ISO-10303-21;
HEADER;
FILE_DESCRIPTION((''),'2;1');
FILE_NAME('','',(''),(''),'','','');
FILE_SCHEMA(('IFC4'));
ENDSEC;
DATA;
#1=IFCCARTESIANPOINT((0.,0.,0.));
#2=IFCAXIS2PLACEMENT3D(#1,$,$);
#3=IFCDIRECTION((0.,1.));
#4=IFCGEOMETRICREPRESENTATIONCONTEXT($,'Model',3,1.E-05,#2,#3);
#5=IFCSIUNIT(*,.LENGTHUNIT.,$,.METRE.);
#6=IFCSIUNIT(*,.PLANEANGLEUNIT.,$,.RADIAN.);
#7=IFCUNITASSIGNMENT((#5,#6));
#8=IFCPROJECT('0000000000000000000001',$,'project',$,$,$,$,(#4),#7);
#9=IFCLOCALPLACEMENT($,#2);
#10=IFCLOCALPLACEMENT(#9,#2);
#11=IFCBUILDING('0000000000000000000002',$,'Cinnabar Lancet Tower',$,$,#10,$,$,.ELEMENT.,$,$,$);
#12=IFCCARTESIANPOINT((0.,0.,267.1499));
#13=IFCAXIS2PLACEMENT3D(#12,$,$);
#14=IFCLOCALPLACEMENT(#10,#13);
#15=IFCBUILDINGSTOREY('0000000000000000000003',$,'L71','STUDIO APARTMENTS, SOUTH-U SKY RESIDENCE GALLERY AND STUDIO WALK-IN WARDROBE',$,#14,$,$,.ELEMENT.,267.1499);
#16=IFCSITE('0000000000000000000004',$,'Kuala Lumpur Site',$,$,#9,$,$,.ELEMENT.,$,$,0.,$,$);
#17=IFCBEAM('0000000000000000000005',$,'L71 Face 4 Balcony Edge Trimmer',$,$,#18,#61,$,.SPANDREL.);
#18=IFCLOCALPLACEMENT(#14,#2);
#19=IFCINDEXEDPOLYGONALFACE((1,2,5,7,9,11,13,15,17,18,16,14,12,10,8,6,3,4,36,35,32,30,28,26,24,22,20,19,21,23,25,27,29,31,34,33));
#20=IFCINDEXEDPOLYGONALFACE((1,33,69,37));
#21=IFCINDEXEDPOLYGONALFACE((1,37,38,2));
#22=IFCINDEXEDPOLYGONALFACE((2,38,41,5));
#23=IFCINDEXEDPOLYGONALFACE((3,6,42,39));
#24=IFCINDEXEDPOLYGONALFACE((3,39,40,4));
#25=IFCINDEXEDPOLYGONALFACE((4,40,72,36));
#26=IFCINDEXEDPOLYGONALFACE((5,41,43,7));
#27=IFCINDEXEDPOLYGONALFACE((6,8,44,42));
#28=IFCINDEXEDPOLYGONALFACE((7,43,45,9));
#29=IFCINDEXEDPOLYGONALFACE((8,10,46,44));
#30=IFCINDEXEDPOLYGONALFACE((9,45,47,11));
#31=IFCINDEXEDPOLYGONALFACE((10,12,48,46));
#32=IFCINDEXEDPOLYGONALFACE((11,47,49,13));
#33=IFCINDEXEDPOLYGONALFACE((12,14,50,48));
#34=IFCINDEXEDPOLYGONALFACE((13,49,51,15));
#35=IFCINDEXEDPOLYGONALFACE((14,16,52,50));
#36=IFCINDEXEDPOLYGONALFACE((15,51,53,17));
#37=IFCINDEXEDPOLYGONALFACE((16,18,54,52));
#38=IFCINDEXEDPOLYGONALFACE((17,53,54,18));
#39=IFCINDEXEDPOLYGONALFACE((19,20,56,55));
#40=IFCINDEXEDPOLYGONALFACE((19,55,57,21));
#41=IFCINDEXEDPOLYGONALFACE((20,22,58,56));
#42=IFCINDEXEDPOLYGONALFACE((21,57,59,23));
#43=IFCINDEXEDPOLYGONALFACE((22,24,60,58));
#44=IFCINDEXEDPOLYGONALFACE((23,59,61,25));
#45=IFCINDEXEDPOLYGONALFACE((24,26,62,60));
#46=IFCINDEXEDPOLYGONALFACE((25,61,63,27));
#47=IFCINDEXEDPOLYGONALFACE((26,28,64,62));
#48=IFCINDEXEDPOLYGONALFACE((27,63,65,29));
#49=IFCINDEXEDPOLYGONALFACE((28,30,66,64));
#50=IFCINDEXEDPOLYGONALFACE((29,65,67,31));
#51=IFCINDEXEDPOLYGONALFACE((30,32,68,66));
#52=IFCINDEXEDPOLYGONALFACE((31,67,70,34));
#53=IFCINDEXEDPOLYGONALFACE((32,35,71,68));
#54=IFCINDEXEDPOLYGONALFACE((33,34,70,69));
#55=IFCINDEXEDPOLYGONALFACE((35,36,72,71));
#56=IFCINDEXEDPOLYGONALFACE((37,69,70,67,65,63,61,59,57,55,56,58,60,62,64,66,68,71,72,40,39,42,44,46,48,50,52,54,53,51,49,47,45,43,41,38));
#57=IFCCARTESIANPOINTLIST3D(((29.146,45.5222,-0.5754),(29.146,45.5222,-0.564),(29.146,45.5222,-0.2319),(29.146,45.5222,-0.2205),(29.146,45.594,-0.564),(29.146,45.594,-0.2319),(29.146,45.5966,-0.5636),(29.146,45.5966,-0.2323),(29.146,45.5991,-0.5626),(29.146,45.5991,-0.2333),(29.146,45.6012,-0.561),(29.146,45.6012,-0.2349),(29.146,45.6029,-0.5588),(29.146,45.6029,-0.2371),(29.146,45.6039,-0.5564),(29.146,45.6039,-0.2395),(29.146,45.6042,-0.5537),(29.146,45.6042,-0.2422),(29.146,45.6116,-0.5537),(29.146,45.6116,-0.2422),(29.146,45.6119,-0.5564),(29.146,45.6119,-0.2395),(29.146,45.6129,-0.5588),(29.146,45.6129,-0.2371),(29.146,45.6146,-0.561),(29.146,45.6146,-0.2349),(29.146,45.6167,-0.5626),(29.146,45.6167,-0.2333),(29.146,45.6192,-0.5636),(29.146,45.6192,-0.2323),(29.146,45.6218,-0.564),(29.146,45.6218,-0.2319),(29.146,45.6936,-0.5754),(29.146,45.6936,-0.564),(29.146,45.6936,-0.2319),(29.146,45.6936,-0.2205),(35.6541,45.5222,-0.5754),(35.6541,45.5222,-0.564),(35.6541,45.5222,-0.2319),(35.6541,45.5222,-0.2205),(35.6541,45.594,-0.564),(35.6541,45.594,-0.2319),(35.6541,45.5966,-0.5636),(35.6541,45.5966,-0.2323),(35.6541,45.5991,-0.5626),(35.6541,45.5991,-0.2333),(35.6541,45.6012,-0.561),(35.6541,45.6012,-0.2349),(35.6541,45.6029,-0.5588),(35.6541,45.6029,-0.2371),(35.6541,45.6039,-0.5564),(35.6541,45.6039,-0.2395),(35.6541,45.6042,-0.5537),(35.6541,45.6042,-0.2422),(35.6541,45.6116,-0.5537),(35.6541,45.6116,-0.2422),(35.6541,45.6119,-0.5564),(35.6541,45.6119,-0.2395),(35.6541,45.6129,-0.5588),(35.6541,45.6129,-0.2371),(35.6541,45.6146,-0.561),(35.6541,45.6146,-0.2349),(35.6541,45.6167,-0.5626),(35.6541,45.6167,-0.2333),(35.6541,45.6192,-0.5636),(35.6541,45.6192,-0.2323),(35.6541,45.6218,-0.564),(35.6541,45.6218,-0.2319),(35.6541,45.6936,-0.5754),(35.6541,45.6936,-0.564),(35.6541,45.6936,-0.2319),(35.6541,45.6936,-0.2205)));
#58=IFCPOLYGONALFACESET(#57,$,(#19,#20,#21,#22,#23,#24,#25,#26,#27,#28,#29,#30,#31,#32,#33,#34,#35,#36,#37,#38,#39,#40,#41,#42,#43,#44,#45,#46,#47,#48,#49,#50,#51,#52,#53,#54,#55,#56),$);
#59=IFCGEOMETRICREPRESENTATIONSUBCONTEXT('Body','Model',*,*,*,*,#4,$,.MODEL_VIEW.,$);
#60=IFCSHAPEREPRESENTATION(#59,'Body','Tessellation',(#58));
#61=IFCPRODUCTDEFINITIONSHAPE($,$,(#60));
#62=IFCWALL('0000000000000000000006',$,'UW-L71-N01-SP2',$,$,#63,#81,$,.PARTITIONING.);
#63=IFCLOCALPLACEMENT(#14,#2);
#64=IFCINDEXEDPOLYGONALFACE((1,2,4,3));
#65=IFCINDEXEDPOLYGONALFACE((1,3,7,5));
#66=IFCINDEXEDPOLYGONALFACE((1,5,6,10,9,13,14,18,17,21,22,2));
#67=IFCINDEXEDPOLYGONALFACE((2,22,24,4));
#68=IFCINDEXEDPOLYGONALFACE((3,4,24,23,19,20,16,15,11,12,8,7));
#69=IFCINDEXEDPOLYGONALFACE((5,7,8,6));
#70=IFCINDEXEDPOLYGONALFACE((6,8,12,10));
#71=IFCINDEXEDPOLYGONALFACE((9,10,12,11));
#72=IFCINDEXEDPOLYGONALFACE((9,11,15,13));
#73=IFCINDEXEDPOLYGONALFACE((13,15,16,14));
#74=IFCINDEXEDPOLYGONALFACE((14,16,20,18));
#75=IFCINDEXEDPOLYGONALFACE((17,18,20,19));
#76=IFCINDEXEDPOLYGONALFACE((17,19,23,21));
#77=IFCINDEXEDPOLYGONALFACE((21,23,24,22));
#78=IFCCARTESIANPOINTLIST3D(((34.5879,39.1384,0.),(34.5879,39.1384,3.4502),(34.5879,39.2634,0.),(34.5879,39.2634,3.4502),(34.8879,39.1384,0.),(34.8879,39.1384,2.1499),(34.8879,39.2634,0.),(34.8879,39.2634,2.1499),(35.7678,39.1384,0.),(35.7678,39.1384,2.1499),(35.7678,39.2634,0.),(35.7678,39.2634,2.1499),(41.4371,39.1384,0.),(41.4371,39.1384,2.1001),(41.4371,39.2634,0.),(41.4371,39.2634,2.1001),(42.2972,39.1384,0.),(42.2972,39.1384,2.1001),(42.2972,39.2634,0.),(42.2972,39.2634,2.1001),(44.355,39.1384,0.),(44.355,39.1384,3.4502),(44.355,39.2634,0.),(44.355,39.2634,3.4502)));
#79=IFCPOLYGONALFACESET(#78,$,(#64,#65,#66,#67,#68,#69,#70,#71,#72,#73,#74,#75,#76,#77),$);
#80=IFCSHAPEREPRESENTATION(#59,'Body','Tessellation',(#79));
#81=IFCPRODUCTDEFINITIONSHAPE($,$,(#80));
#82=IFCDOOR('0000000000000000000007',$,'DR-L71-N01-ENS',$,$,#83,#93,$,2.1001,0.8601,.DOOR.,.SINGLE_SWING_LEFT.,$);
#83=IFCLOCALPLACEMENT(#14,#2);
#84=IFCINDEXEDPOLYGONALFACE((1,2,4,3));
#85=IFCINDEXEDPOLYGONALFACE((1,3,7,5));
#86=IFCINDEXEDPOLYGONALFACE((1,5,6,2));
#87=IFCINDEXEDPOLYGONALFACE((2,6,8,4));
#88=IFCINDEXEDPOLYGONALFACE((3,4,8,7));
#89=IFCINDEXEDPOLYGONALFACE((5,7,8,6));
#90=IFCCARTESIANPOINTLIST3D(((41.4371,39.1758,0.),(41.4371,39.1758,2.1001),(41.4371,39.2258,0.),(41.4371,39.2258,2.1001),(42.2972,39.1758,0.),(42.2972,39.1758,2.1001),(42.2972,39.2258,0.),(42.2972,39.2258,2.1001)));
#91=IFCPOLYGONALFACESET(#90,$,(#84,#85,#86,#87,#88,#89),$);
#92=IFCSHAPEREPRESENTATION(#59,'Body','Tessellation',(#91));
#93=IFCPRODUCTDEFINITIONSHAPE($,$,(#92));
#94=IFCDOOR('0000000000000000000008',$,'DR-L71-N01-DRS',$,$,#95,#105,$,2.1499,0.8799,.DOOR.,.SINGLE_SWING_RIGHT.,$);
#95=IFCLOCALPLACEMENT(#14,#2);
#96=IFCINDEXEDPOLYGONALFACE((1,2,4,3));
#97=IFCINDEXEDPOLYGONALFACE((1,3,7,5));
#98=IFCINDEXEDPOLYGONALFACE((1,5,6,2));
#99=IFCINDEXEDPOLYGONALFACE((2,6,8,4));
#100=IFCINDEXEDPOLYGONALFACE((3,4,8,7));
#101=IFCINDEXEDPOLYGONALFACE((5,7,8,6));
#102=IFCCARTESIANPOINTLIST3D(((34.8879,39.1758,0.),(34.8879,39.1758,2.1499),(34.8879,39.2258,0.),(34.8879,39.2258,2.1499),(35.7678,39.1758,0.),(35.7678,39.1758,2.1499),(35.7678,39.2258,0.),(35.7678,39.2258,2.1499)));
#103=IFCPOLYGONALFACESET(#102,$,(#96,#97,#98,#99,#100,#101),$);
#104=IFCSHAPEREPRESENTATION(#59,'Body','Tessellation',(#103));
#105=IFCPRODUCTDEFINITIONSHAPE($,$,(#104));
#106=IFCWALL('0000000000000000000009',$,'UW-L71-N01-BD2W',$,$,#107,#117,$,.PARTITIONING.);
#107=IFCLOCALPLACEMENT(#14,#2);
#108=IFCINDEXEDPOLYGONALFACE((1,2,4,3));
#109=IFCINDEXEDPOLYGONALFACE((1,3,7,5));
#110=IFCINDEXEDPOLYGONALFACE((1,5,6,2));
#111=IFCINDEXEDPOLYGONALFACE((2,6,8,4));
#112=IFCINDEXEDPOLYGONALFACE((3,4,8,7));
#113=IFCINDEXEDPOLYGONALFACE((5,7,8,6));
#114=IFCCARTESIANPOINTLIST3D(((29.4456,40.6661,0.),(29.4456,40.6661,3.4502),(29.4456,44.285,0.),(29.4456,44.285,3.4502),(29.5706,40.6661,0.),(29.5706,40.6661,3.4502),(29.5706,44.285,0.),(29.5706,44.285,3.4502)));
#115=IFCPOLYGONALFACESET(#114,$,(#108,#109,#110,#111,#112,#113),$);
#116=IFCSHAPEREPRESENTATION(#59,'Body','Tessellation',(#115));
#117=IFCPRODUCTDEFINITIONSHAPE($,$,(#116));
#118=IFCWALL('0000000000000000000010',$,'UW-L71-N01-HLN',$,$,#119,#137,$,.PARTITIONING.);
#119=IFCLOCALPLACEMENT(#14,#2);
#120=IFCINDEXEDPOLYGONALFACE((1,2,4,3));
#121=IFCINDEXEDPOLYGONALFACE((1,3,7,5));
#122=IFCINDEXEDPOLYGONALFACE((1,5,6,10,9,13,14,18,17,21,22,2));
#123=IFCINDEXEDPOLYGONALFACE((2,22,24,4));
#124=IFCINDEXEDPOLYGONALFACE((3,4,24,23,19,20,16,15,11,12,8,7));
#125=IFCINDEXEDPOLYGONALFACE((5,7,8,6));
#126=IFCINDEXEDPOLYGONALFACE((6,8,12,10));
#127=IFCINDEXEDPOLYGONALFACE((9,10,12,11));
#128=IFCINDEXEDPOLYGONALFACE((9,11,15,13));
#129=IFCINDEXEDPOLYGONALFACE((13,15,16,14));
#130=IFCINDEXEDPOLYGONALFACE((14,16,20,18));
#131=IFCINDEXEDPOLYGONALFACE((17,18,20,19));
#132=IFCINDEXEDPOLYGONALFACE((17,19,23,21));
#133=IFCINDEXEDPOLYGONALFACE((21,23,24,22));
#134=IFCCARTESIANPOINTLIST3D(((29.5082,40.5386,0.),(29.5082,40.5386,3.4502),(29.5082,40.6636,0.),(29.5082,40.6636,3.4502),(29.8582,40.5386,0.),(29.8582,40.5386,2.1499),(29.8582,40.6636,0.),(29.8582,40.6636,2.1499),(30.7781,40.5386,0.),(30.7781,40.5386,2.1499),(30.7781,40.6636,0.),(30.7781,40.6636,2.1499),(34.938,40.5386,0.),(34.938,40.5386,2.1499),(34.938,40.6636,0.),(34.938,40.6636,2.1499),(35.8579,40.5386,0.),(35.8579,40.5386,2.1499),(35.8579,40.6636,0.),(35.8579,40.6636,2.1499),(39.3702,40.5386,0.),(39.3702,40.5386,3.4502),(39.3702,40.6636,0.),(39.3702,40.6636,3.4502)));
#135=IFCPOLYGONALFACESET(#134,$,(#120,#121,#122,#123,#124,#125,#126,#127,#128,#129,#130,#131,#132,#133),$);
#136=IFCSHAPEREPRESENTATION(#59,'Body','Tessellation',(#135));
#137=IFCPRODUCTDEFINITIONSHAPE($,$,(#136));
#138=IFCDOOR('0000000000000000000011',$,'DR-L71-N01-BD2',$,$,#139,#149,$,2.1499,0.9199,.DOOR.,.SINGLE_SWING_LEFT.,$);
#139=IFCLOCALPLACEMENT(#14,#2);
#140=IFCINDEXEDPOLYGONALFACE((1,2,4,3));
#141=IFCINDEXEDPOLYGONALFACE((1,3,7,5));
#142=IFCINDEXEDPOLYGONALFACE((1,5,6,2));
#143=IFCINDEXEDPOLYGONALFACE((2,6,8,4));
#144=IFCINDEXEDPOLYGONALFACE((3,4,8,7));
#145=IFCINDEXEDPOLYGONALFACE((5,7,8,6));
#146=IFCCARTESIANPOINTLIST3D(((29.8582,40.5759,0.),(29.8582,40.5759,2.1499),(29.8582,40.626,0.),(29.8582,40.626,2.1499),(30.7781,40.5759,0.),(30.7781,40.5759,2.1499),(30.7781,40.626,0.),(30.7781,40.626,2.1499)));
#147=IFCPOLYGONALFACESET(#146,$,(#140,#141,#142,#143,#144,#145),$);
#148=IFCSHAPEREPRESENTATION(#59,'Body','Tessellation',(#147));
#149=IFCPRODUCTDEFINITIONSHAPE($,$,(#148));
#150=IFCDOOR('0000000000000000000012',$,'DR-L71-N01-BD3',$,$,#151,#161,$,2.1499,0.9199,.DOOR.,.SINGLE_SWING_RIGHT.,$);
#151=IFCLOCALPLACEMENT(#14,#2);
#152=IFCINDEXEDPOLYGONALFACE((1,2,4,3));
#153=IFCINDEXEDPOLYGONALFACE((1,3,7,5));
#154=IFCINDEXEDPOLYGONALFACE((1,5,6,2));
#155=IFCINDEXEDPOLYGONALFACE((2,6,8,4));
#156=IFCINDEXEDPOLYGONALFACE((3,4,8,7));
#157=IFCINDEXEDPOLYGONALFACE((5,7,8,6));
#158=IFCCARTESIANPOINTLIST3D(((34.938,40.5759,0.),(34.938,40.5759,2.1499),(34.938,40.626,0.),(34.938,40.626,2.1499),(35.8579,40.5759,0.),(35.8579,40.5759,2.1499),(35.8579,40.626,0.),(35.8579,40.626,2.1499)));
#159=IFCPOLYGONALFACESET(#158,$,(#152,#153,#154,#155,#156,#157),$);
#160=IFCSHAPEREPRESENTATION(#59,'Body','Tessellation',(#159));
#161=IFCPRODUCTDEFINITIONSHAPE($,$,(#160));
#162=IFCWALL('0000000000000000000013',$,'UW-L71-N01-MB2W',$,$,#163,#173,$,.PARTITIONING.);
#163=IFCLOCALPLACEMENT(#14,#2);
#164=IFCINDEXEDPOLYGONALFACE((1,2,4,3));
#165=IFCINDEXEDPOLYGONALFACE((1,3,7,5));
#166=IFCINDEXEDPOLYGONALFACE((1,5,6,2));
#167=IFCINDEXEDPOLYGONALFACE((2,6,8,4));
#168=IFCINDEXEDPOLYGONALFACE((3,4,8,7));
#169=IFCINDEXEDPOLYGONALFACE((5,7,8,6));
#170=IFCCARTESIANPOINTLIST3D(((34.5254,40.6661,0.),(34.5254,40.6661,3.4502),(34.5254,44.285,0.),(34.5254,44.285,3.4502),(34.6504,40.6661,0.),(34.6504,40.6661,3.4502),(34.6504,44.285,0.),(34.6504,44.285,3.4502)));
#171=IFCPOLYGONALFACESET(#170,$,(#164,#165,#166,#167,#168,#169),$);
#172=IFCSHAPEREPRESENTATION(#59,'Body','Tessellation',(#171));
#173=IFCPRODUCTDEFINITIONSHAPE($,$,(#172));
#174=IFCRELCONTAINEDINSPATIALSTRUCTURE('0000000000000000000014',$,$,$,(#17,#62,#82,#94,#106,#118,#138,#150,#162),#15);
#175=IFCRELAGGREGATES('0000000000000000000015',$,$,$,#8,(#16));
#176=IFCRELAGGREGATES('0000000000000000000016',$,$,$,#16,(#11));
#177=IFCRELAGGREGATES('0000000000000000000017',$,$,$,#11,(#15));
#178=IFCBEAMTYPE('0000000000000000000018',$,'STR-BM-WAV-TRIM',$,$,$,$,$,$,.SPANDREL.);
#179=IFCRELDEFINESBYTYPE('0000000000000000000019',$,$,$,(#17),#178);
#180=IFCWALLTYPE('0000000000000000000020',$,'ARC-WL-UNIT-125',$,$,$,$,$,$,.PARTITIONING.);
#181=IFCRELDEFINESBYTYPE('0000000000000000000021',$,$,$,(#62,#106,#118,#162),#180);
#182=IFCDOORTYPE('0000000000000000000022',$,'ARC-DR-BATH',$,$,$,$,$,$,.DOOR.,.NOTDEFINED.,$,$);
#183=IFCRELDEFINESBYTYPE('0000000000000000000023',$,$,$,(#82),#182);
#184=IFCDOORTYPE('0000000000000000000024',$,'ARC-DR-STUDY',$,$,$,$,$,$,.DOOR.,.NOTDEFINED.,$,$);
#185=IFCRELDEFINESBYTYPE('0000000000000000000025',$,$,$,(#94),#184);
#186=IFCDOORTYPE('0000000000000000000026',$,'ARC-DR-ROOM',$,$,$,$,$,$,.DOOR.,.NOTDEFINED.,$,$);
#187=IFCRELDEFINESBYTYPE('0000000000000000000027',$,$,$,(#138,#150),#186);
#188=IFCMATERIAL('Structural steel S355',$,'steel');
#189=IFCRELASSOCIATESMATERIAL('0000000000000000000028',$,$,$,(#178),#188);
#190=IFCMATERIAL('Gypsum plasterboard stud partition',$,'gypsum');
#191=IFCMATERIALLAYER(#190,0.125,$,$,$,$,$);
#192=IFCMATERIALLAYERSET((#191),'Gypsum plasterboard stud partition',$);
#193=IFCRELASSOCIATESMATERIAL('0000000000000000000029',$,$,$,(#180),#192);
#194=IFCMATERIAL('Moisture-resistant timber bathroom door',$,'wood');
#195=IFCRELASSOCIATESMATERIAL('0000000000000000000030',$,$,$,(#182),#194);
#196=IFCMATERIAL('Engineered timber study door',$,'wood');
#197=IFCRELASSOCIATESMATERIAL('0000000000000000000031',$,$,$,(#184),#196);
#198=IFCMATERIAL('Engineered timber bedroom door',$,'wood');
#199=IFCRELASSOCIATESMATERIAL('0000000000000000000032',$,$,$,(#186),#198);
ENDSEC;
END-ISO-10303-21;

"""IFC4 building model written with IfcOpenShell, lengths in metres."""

from ifc_helpers import new_model, si_unit, direction, frame, frame_2d, origin, origin_2d, place, context, subcontext, project, spatial, rectangle, i_section, extrude, material, layer, layer_set, material_profile, profile_set, type_object, element, fill, save


model = new_model("IFC4")

# Units and contexts
model_context = context("Model", 3, precision=1e-05, world=origin(), true_north=direction((0.0, 1.0)))
body_context = subcontext(model_context, "Body", "Model", "MODEL_VIEW")
ifc_project = project(units=[si_unit("LENGTHUNIT", "METRE"), si_unit("PLANEANGLEUNIT", "RADIAN")], contexts=[model_context])

# Site, building, storey
site_placement = place(None, origin())
site = spatial("IfcSite", under=ifc_project, at=site_placement, Name="Kuala Lumpur Site", CompositionType="ELEMENT", RefElevation=0.0)
building_placement = place(site_placement, origin())
building = spatial("IfcBuilding", under=site, at=building_placement, Name="Cinnabar Lancet Tower", CompositionType="ELEMENT")
storey_placement = place(building_placement, frame((0.0, 0.0, 267.1499)))
storey = spatial("IfcBuildingStorey", under=building, at=storey_placement, Name="L71", Description="STUDIO APARTMENTS, SOUTH-U SKY RESIDENCE GALLERY AND STUDIO WALK-IN WARDROBE", CompositionType="ELEMENT", Elevation=267.1499)

# Beam
ifc_material_1 = material(Name="Structural steel S355", Category="steel")
ifc_material_profile_1 = material_profile(ifc_material_1, i_section(OverallWidth=0.1714, OverallDepth=0.355, WebThickness=0.0073, FlangeThickness=0.0115, FilletRadius=0.0103, at=origin_2d()), Name="UKB 356x171x51")
ifc_profile_set_1 = profile_set([ifc_material_profile_1], Name="Structural steel S355")
beam_type_1 = type_object("IfcBeamType", Name="STR-BM-WAV-TRIM", PredefinedType="SPANDREL", material=ifc_profile_set_1)
beam_1_placement = place(storey_placement, frame((35.6541, 45.6079, -0.3979), z_axis=(-1.0, 0.0, 0.0), x_axis=(0.0, -1.0, 0.0)))
element("IfcBeam", 1, at=beam_1_placement, inside=storey, type_object=beam_type_1, Name="L71 Face 4 Balcony Edge Trimmer", PredefinedType="SPANDREL", context=body_context, shape_type="SweptSolid", body=[
    extrude(i_section(OverallWidth=0.1714, OverallDepth=0.355, WebThickness=0.0073, FlangeThickness=0.0115, FilletRadius=0.0103, at=origin_2d()), origin(), (0.0, 0.0, 1.0), 6.5081),
])

# Wall, openings, doors
ifc_material_2 = material(Name="Gypsum plasterboard stud partition", Category="gypsum")
ifc_layer_1 = layer(ifc_material_2, 0.125)
ifc_layer_set_1 = layer_set([ifc_layer_1], Name="Gypsum plasterboard stud partition")
wall_type_1 = type_object("IfcWallType", Name="ARC-WL-UNIT-125", PredefinedType="PARTITIONING", material=ifc_layer_set_1)
wall_1_placement = place(storey_placement, frame((34.5879, 39.2009, 0.0), z_axis=(0.0, 0.0, 1.0), x_axis=(1.0, 0.0, 0.0)))
wall_1 = element("IfcWall", 2, at=wall_1_placement, inside=storey, type_object=wall_type_1, Name="UW-L71-N01-SP2", PredefinedType="PARTITIONING", context=body_context, shape_type="SweptSolid", body=[
    extrude(rectangle(XDim=9.7671, YDim=0.125, at=frame_2d((4.8835, 0.0))), origin(), (0.0, 0.0, 1.0), 3.4502),
])
opening_1_placement = place(wall_1_placement, frame((6.8491, 0.0, 0.0)))
opening_1 = element("IfcOpeningElement", 3, at=opening_1_placement, cuts=wall_1, PredefinedType="OPENING", context=body_context, shape_type="SweptSolid", body=[
    extrude(rectangle(XDim=0.8601, YDim=2.1001, at=frame_2d((0.4302, 1.05))), frame((0.0, 0.0725, 0.0), z_axis=(0.0, -1.0, 0.0), x_axis=(1.0, 0.0, 0.0)), (0.0, 0.0, 1.0), 0.145),
])
opening_2_placement = place(wall_1_placement, frame((0.3, 0.0, 0.0)))
opening_2 = element("IfcOpeningElement", 4, at=opening_2_placement, cuts=wall_1, PredefinedType="OPENING", context=body_context, shape_type="SweptSolid", body=[
    extrude(rectangle(XDim=0.8799, YDim=2.1499, at=frame_2d((0.4399, 1.075))), frame((0.0, 0.0725, 0.0), z_axis=(0.0, -1.0, 0.0), x_axis=(1.0, 0.0, 0.0)), (0.0, 0.0, 1.0), 0.145),
])
ifc_material_3 = material(Name="Moisture-resistant timber bathroom door", Category="wood")
door_type_1 = type_object("IfcDoorType", Name="ARC-DR-BATH", OperationType="NOTDEFINED", PredefinedType="DOOR", material=ifc_material_3)
door_1_placement = place(opening_1_placement, origin())
door_1 = element("IfcDoor", 5, at=door_1_placement, inside=storey, type_object=door_type_1, Name="DR-L71-N01-ENS", OperationType="SINGLE_SWING_LEFT", OverallHeight=2.1001, OverallWidth=0.8601, PredefinedType="DOOR", context=body_context, shape_type="SweptSolid", body=[
    extrude(rectangle(XDim=0.8601, YDim=2.1001, at=frame_2d((0.4302, 1.05))), frame((0.0, 0.0249, 0.0), z_axis=(0.0, -1.0, 0.0), x_axis=(1.0, 0.0, 0.0)), (0.0, 0.0, 1.0), 0.05),
])
fill(opening_1, door_1)
ifc_material_4 = material(Name="Engineered timber study door", Category="wood")
door_type_2 = type_object("IfcDoorType", Name="ARC-DR-STUDY", OperationType="NOTDEFINED", PredefinedType="DOOR", material=ifc_material_4)
door_2_placement = place(opening_2_placement, origin())
door_2 = element("IfcDoor", 6, at=door_2_placement, inside=storey, type_object=door_type_2, Name="DR-L71-N01-DRS", OperationType="SINGLE_SWING_RIGHT", OverallHeight=2.1499, OverallWidth=0.8799, PredefinedType="DOOR", context=body_context, shape_type="SweptSolid", body=[
    extrude(rectangle(XDim=0.8799, YDim=2.1499, at=frame_2d((0.4399, 1.075))), frame((0.0, 0.0249, 0.0), z_axis=(0.0, -1.0, 0.0), x_axis=(1.0, 0.0, 0.0)), (0.0, 0.0, 1.0), 0.05),
])
fill(opening_2, door_2)

# Wall
wall_2_placement = place(storey_placement, frame((29.5081, 40.666, 0.0), z_axis=(0.0, 0.0, 1.0), x_axis=(0.0, 1.0, 0.0)))
element("IfcWall", 7, at=wall_2_placement, inside=storey, type_object=wall_type_1, Name="UW-L71-N01-BD2W", PredefinedType="PARTITIONING", context=body_context, shape_type="SweptSolid", body=[
    extrude(rectangle(XDim=3.6189, YDim=0.125, at=frame_2d((1.8096, 0.0))), origin(), (0.0, 0.0, 1.0), 3.4502),
])

# Wall, openings, doors
wall_3_placement = place(storey_placement, frame((29.5081, 40.6011, 0.0), z_axis=(0.0, 0.0, 1.0), x_axis=(1.0, 0.0, 0.0)))
wall_3 = element("IfcWall", 8, at=wall_3_placement, inside=storey, type_object=wall_type_1, Name="UW-L71-N01-HLN", PredefinedType="PARTITIONING", context=body_context, shape_type="SweptSolid", body=[
    extrude(rectangle(XDim=9.8621, YDim=0.125, at=frame_2d((4.9312, 0.0))), origin(), (0.0, 0.0, 1.0), 3.4502),
])
opening_3_placement = place(wall_3_placement, frame((0.3501, 0.0, 0.0)))
opening_3 = element("IfcOpeningElement", 9, at=opening_3_placement, cuts=wall_3, PredefinedType="OPENING", context=body_context, shape_type="SweptSolid", body=[
    extrude(rectangle(XDim=0.9199, YDim=2.1499, at=frame_2d((0.46, 1.075))), frame((0.0, 0.0725, 0.0), z_axis=(0.0, -1.0, 0.0), x_axis=(1.0, 0.0, 0.0)), (0.0, 0.0, 1.0), 0.145),
])
opening_4_placement = place(wall_3_placement, frame((5.4299, 0.0, 0.0)))
opening_4 = element("IfcOpeningElement", 10, at=opening_4_placement, cuts=wall_3, PredefinedType="OPENING", context=body_context, shape_type="SweptSolid", body=[
    extrude(rectangle(XDim=0.9199, YDim=2.1499, at=frame_2d((0.46, 1.075))), frame((0.0, 0.0725, 0.0), z_axis=(0.0, -1.0, 0.0), x_axis=(1.0, 0.0, 0.0)), (0.0, 0.0, 1.0), 0.145),
])
ifc_material_5 = material(Name="Engineered timber bedroom door", Category="wood")
door_type_3 = type_object("IfcDoorType", Name="ARC-DR-ROOM", OperationType="NOTDEFINED", PredefinedType="DOOR", material=ifc_material_5)
door_3_placement = place(opening_3_placement, origin())
door_3 = element("IfcDoor", 11, at=door_3_placement, inside=storey, type_object=door_type_3, Name="DR-L71-N01-BD2", OperationType="SINGLE_SWING_LEFT", OverallHeight=2.1499, OverallWidth=0.9199, PredefinedType="DOOR", context=body_context, shape_type="SweptSolid", body=[
    extrude(rectangle(XDim=0.9199, YDim=2.1499, at=frame_2d((0.46, 1.075))), frame((0.0, 0.0249, 0.0), z_axis=(0.0, -1.0, 0.0), x_axis=(1.0, 0.0, 0.0)), (0.0, 0.0, 1.0), 0.05),
])
fill(opening_3, door_3)
door_4_placement = place(opening_4_placement, origin())
door_4 = element("IfcDoor", 12, at=door_4_placement, inside=storey, type_object=door_type_3, Name="DR-L71-N01-BD3", OperationType="SINGLE_SWING_RIGHT", OverallHeight=2.1499, OverallWidth=0.9199, PredefinedType="DOOR", context=body_context, shape_type="SweptSolid", body=[
    extrude(rectangle(XDim=0.9199, YDim=2.1499, at=frame_2d((0.46, 1.075))), frame((0.0, 0.0249, 0.0), z_axis=(0.0, -1.0, 0.0), x_axis=(1.0, 0.0, 0.0)), (0.0, 0.0, 1.0), 0.05),
])
fill(opening_4, door_4)

# Wall
for number, where, z_axis, x_axis, name in (
    (13, (34.5879, 40.666, 0.0), (0.0, 0.0, 1.0), (0.0, 1.0, 0.0), "UW-L71-N01-MB2W"),
):
    element("IfcWall", number, at=place(storey_placement, frame(where, z_axis=z_axis, x_axis=x_axis)), inside=storey, type_object=wall_type_1, Name=name, PredefinedType="PARTITIONING", context=body_context, shape_type="SweptSolid", body=[
        extrude(rectangle(XDim=3.6189, YDim=0.125, at=frame_2d((1.8096, 0.0))), origin(), (0.0, 0.0, 1.0), 3.4502),
    ])

save(model, "model.ifc")
